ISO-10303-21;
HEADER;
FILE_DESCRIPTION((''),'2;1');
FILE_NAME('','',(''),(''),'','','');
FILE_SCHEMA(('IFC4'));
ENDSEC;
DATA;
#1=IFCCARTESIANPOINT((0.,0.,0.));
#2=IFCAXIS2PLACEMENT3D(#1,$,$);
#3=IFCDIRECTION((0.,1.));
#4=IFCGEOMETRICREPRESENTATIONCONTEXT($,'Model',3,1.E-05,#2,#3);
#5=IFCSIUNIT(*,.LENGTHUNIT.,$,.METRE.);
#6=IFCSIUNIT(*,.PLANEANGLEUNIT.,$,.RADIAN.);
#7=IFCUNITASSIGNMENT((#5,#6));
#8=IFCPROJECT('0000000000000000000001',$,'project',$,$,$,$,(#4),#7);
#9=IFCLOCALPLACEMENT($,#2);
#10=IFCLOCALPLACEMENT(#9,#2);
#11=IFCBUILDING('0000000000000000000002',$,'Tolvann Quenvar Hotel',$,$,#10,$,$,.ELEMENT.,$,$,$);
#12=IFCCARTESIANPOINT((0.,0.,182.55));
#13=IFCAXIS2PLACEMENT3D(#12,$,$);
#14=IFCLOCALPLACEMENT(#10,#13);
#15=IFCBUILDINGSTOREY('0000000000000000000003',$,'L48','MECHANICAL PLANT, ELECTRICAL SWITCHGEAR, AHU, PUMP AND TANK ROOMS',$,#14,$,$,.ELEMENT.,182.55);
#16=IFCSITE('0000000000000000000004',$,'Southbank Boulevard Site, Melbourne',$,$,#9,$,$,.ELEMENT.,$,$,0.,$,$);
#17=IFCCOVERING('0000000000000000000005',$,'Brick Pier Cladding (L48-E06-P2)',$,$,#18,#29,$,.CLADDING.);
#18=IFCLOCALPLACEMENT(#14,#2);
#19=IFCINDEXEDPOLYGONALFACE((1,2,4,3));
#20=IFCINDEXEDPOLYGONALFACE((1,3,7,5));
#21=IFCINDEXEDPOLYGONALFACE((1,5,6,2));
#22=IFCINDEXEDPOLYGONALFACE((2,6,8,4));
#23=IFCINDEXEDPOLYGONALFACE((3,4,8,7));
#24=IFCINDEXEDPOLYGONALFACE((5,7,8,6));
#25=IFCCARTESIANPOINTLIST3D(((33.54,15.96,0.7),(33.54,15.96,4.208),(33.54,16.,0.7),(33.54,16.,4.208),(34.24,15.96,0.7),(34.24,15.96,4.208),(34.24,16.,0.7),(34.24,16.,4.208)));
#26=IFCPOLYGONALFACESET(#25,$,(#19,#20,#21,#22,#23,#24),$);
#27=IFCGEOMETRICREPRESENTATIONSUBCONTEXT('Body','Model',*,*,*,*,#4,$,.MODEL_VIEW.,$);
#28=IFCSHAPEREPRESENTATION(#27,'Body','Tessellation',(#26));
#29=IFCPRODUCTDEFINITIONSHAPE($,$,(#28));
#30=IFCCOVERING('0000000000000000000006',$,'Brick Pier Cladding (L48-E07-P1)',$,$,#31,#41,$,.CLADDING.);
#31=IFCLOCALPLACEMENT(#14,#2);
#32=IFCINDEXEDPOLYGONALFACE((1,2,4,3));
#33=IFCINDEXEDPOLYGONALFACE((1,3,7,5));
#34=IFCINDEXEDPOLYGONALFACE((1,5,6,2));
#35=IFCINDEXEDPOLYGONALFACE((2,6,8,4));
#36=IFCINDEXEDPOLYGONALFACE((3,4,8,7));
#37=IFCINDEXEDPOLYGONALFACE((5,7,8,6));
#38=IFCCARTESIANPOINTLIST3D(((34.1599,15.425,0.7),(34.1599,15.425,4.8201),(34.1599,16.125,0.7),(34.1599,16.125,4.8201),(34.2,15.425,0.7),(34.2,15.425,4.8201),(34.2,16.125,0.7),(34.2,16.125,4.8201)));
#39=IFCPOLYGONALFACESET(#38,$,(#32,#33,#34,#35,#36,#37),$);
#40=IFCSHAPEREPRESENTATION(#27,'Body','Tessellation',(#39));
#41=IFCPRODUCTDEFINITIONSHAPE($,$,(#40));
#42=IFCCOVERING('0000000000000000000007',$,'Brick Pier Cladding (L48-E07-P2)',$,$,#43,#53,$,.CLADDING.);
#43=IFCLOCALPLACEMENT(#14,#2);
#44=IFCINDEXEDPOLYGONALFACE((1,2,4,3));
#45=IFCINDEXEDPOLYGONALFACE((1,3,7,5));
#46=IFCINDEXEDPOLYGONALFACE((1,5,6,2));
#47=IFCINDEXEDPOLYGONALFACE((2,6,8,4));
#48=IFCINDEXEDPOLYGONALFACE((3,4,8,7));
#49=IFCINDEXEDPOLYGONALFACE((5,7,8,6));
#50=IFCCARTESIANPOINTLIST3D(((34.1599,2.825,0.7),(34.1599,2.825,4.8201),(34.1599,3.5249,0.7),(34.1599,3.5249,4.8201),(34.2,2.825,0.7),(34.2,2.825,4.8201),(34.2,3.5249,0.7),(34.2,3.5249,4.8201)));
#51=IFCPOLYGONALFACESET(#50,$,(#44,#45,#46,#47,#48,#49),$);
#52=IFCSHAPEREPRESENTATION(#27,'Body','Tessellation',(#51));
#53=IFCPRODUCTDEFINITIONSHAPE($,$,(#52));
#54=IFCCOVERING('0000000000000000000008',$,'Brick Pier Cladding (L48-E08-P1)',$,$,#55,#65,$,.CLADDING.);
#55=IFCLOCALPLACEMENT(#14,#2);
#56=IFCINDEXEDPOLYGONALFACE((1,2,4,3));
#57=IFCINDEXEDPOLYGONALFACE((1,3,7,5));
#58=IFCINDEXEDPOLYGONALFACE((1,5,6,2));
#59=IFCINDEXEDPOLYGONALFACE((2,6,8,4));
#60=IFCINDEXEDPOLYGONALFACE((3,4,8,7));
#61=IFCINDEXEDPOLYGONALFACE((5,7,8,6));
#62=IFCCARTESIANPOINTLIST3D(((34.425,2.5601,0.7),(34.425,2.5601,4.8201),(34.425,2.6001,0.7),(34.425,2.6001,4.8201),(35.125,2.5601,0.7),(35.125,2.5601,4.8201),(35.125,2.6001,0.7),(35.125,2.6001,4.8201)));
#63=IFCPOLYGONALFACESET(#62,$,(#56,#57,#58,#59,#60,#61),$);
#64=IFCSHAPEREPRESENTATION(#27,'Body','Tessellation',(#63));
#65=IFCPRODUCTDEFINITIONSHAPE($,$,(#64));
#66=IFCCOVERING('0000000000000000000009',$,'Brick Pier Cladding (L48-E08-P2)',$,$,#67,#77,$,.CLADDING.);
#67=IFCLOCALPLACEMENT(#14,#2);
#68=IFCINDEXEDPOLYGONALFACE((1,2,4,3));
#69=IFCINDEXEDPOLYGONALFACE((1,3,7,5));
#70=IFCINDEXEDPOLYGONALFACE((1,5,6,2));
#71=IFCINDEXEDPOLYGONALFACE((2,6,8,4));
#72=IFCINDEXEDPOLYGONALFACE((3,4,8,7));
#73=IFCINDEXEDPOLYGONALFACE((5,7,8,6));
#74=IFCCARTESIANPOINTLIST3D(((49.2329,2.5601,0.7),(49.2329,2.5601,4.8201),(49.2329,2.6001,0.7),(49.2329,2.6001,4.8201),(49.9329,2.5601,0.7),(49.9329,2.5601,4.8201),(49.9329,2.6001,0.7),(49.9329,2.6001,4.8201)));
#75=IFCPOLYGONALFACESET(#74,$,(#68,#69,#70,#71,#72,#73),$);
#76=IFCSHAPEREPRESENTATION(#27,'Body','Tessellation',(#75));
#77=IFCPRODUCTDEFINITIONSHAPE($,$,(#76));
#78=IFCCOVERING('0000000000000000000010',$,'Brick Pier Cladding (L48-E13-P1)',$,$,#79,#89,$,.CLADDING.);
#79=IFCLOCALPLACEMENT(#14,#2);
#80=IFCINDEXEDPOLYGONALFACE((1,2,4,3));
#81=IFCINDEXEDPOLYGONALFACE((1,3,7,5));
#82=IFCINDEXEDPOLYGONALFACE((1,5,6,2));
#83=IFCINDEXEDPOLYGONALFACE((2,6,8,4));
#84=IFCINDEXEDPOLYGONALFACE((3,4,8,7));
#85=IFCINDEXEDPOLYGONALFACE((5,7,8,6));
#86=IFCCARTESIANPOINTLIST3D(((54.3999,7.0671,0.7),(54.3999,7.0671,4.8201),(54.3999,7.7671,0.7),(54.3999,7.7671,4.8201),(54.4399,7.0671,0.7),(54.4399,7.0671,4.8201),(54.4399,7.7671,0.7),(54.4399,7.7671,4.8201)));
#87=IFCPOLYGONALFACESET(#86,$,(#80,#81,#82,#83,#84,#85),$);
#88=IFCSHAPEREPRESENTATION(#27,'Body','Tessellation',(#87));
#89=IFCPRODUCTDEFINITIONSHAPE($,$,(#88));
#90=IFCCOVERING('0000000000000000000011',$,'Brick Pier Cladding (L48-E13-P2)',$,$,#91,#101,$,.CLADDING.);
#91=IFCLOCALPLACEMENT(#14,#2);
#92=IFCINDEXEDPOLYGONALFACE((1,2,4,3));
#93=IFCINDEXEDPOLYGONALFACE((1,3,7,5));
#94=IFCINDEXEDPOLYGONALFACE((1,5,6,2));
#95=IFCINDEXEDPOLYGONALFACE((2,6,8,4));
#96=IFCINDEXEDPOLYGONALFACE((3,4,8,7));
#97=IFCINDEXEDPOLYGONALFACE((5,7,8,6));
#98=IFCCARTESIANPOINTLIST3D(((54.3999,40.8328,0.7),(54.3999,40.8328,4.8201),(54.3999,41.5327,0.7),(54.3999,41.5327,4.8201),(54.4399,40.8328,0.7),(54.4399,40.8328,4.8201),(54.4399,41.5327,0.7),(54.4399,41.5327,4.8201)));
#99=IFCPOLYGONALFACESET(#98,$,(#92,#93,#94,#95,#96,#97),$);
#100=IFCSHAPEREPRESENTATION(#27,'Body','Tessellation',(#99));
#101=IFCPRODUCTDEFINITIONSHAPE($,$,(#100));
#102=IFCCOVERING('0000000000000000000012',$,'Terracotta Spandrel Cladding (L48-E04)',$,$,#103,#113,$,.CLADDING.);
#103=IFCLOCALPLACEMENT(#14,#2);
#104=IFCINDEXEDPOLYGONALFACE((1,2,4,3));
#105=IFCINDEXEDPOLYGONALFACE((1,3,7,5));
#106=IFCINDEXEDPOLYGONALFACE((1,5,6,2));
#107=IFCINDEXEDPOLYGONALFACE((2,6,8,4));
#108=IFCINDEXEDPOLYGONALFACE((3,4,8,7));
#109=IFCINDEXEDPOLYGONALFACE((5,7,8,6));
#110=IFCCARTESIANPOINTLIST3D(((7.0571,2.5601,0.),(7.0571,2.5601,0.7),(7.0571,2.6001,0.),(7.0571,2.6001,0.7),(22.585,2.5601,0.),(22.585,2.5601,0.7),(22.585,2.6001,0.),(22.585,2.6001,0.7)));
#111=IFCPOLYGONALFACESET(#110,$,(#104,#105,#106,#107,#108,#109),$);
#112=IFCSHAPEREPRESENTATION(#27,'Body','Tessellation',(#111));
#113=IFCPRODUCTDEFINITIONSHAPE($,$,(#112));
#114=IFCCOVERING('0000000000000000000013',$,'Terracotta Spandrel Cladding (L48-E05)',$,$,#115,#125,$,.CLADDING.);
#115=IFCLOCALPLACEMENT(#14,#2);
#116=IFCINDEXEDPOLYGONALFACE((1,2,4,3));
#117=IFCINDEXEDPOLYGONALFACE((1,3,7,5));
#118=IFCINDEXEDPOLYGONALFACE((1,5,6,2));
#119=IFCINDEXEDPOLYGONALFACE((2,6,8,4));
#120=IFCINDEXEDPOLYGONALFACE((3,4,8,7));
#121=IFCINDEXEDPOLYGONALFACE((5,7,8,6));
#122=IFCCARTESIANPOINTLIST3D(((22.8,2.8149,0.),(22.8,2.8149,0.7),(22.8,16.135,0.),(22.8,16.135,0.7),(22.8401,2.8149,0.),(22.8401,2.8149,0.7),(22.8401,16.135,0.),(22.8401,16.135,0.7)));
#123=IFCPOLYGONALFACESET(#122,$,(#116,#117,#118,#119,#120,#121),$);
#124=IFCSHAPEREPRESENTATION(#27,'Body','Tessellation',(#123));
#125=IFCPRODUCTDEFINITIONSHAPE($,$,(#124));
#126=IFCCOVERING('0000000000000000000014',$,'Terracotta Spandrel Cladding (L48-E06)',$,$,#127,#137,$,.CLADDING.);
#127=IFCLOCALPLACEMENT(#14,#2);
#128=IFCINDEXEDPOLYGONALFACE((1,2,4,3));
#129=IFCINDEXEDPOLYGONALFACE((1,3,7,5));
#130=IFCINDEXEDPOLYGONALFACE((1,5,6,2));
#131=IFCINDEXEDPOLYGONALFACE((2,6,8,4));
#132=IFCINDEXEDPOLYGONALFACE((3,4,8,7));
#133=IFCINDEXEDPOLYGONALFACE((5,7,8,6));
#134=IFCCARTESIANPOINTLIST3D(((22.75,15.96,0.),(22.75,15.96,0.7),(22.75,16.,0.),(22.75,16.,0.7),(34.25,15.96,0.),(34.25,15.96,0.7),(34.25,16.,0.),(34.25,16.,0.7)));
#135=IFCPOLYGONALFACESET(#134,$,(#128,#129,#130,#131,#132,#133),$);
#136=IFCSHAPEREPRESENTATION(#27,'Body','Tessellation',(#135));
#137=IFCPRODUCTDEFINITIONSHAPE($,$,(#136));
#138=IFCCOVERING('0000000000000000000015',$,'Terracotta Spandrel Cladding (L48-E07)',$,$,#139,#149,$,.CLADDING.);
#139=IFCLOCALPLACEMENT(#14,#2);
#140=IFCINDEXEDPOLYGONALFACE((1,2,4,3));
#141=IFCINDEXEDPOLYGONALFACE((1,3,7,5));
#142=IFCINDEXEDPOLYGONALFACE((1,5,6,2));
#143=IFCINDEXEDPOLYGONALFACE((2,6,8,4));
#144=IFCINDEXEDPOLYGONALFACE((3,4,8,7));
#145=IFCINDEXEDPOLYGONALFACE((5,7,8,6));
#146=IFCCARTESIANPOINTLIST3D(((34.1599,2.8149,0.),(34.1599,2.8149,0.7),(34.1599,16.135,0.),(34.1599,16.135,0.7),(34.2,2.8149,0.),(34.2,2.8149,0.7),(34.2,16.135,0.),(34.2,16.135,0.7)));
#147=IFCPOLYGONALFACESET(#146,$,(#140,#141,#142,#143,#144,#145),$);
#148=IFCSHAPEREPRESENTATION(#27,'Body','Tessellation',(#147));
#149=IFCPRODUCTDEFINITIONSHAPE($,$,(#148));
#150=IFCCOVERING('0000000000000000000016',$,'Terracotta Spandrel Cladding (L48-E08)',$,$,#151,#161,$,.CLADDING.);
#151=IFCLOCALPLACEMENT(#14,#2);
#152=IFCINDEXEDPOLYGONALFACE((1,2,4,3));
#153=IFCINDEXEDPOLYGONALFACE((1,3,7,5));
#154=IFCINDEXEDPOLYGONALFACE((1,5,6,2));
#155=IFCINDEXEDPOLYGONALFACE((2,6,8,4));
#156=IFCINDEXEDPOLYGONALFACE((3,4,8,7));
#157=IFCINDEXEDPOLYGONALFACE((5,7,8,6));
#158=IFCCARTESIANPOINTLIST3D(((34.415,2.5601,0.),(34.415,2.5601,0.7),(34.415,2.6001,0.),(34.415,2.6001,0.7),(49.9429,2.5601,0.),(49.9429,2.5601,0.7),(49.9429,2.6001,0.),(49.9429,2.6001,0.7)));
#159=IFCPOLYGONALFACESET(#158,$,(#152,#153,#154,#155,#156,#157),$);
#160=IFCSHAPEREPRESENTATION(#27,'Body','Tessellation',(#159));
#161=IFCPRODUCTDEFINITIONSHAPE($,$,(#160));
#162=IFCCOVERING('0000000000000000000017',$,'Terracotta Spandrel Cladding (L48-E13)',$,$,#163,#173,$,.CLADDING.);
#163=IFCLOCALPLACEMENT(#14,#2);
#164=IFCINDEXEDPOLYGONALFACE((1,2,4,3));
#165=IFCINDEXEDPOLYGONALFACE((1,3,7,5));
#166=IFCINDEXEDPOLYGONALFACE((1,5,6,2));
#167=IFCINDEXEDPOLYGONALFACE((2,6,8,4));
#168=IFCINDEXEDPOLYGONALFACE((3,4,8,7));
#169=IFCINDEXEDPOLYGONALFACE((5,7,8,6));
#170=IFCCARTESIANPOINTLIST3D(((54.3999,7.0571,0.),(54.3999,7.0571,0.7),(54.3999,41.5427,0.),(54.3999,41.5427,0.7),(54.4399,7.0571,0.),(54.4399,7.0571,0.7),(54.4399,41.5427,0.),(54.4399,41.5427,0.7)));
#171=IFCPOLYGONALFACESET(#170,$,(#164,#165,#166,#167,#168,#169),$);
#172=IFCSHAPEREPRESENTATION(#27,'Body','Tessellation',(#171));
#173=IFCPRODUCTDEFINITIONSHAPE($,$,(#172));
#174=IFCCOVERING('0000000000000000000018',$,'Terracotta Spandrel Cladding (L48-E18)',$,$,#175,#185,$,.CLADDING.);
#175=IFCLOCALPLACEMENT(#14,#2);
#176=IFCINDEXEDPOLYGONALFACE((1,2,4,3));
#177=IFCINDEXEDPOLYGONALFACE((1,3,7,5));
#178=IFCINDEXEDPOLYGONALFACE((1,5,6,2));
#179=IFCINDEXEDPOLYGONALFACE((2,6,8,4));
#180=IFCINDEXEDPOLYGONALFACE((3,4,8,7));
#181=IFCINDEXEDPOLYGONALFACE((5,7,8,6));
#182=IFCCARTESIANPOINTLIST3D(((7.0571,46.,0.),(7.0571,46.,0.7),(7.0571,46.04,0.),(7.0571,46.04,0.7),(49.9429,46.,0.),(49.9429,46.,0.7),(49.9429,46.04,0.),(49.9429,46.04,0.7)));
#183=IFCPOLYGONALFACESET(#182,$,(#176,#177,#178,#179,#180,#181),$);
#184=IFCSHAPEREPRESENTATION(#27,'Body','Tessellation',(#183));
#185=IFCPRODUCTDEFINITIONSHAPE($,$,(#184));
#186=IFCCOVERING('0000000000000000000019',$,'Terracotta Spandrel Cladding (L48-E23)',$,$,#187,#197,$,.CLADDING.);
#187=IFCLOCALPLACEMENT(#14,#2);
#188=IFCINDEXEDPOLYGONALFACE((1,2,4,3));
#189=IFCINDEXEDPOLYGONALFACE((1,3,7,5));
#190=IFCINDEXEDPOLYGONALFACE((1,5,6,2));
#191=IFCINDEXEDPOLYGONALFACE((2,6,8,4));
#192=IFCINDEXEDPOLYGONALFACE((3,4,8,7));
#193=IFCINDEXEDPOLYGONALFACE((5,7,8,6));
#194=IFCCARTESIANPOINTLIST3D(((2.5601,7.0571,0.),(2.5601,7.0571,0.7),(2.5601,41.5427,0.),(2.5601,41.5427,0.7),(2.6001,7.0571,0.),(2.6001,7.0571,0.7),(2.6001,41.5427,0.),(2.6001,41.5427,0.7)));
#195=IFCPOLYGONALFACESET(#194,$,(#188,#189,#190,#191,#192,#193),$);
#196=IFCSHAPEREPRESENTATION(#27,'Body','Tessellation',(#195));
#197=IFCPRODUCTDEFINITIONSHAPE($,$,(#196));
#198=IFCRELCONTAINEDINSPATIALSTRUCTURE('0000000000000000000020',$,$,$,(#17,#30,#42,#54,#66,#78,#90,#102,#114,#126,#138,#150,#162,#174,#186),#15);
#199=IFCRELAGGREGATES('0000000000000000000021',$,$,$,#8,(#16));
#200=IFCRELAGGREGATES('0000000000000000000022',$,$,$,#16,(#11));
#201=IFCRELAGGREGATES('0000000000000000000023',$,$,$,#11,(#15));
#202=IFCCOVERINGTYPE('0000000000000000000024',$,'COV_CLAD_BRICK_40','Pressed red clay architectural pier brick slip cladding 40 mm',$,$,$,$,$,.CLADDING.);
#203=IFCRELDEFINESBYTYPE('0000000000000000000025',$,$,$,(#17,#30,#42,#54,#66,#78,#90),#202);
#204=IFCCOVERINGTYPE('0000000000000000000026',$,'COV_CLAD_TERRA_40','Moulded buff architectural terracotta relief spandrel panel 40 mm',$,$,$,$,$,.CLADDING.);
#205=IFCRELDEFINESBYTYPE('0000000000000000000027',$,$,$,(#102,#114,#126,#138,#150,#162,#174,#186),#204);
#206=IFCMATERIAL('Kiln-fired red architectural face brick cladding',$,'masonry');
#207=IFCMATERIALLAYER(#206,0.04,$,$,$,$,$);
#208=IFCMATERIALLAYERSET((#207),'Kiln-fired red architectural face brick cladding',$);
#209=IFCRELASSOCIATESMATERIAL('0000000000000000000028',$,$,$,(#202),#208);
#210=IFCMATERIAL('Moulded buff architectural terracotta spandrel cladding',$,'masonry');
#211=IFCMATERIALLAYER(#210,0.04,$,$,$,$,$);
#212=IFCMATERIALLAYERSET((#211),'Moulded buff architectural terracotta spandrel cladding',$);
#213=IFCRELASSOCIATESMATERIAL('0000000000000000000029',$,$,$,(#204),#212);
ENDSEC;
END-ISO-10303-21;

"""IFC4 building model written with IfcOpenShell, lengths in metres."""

from ifc_helpers import new_model, si_unit, direction, frame, origin, place, context, subcontext, project, spatial, polyline, outline, extrude, material, layer, layer_set, type_object, element, save


model = new_model("IFC4")

# Units and contexts
model_context = context("Model", 3, precision=1e-05, world=origin(), true_north=direction((0.0, 1.0)))
body_context = subcontext(model_context, "Body", "Model", "MODEL_VIEW")
ifc_project = project(units=[si_unit("LENGTHUNIT", "METRE"), si_unit("PLANEANGLEUNIT", "RADIAN")], contexts=[model_context])

# Site, building, storey
site_placement = place(None, origin())
site = spatial("IfcSite", under=ifc_project, at=site_placement, Name="Southbank Boulevard Site, Melbourne", CompositionType="ELEMENT", RefElevation=0.0)
building_placement = place(site_placement, origin())
building = spatial("IfcBuilding", under=site, at=building_placement, Name="Tolvann Quenvar Hotel", CompositionType="ELEMENT")
storey_placement = place(building_placement, frame((0.0, 0.0, 182.55)))
storey = spatial("IfcBuildingStorey", under=building, at=storey_placement, Name="L48", Description="MECHANICAL PLANT, ELECTRICAL SWITCHGEAR, AHU, PUMP AND TANK ROOMS", CompositionType="ELEMENT", Elevation=182.55)

# Coverings
ifc_material_1 = material(Name="Kiln-fired red architectural face brick cladding", Category="masonry")
ifc_layer_1 = layer(ifc_material_1, 0.04)
ifc_layer_set_1 = layer_set([ifc_layer_1], Name="Kiln-fired red architectural face brick cladding")
covering_type_1 = type_object("IfcCoveringType", Name="COV_CLAD_BRICK_40", Description="Pressed red clay architectural pier brick slip cladding 40 mm", PredefinedType="CLADDING", material=ifc_layer_set_1)
covering_1_placement = place(storey_placement, frame((0.0, 0.0, 0.7)))
element("IfcCovering", 1, at=covering_1_placement, inside=storey, type_object=covering_type_1, Name="Brick Pier Cladding (L48-E06-P2)", PredefinedType="CLADDING", context=body_context, shape_type="SweptSolid", body=[
    extrude(outline(polyline([(33.54, 16.0), (34.24, 16.0), (34.24, 15.96), (33.54, 15.96), (33.54, 16.0)])), origin(), (0.0, 0.0, 1.0), 3.5081),
])
covering_2_placement = place(storey_placement, frame((0.0, 0.0, 0.7)))
element("IfcCovering", 2, at=covering_2_placement, inside=storey, type_object=covering_type_1, Name="Brick Pier Cladding (L48-E07-P1)", PredefinedType="CLADDING", context=body_context, shape_type="SweptSolid", body=[
    extrude(outline(polyline([(34.2, 16.125), (34.2, 15.425), (34.1599, 15.425), (34.1599, 16.125), (34.2, 16.125)])), origin(), (0.0, 0.0, 1.0), 4.1201),
])
covering_3_placement = place(storey_placement, frame((0.0, 0.0, 0.7)))
element("IfcCovering", 3, at=covering_3_placement, inside=storey, type_object=covering_type_1, Name="Brick Pier Cladding (L48-E07-P2)", PredefinedType="CLADDING", context=body_context, shape_type="SweptSolid", body=[
    extrude(outline(polyline([(34.2, 3.5249), (34.2, 2.825), (34.1599, 2.825), (34.1599, 3.5249), (34.2, 3.5249)])), origin(), (0.0, 0.0, 1.0), 4.1201),
])
covering_4_placement = place(storey_placement, frame((0.0, 0.0, 0.7)))
element("IfcCovering", 4, at=covering_4_placement, inside=storey, type_object=covering_type_1, Name="Brick Pier Cladding (L48-E08-P1)", PredefinedType="CLADDING", context=body_context, shape_type="SweptSolid", body=[
    extrude(outline(polyline([(34.425, 2.6001), (35.125, 2.6001), (35.125, 2.5601), (34.425, 2.5601), (34.425, 2.6001)])), origin(), (0.0, 0.0, 1.0), 4.1201),
])
covering_5_placement = place(storey_placement, frame((0.0, 0.0, 0.7)))
element("IfcCovering", 5, at=covering_5_placement, inside=storey, type_object=covering_type_1, Name="Brick Pier Cladding (L48-E08-P2)", PredefinedType="CLADDING", context=body_context, shape_type="SweptSolid", body=[
    extrude(outline(polyline([(49.2329, 2.6001), (49.9329, 2.6001), (49.9329, 2.5601), (49.2329, 2.5601), (49.2329, 2.6001)])), origin(), (0.0, 0.0, 1.0), 4.1201),
])
covering_6_placement = place(storey_placement, frame((0.0, 0.0, 0.7)))
element("IfcCovering", 6, at=covering_6_placement, inside=storey, type_object=covering_type_1, Name="Brick Pier Cladding (L48-E13-P1)", PredefinedType="CLADDING", context=body_context, shape_type="SweptSolid", body=[
    extrude(outline(polyline([(54.3999, 7.0671), (54.3999, 7.7671), (54.4399, 7.7671), (54.4399, 7.0671), (54.3999, 7.0671)])), origin(), (0.0, 0.0, 1.0), 4.1201),
])
covering_7_placement = place(storey_placement, frame((0.0, 0.0, 0.7)))
element("IfcCovering", 7, at=covering_7_placement, inside=storey, type_object=covering_type_1, Name="Brick Pier Cladding (L48-E13-P2)", PredefinedType="CLADDING", context=body_context, shape_type="SweptSolid", body=[
    extrude(outline(polyline([(54.3999, 40.8328), (54.3999, 41.5327), (54.4399, 41.5327), (54.4399, 40.8328), (54.3999, 40.8328)])), origin(), (0.0, 0.0, 1.0), 4.1201),
])
ifc_material_2 = material(Name="Moulded buff architectural terracotta spandrel cladding", Category="masonry")
ifc_layer_2 = layer(ifc_material_2, 0.04)
ifc_layer_set_2 = layer_set([ifc_layer_2], Name="Moulded buff architectural terracotta spandrel cladding")
covering_type_2 = type_object("IfcCoveringType", Name="COV_CLAD_TERRA_40", Description="Moulded buff architectural terracotta relief spandrel panel 40 mm", PredefinedType="CLADDING", material=ifc_layer_set_2)
covering_8_placement = place(storey_placement, origin())
element("IfcCovering", 8, at=covering_8_placement, inside=storey, type_object=covering_type_2, Name="Terracotta Spandrel Cladding (L48-E04)", PredefinedType="CLADDING", context=body_context, shape_type="SweptSolid", body=[
    extrude(outline(polyline([(7.0571, 2.6001), (22.585, 2.6001), (22.585, 2.5601), (7.0571, 2.5601), (7.0571, 2.6001)])), origin(), (0.0, 0.0, 1.0), 0.7),
])
covering_9_placement = place(storey_placement, origin())
element("IfcCovering", 9, at=covering_9_placement, inside=storey, type_object=covering_type_2, Name="Terracotta Spandrel Cladding (L48-E05)", PredefinedType="CLADDING", context=body_context, shape_type="SweptSolid", body=[
    extrude(outline(polyline([(22.8, 2.8149), (22.8, 16.135), (22.8401, 16.135), (22.8401, 2.8149), (22.8, 2.8149)])), origin(), (0.0, 0.0, 1.0), 0.7),
])
covering_10_placement = place(storey_placement, origin())
element("IfcCovering", 10, at=covering_10_placement, inside=storey, type_object=covering_type_2, Name="Terracotta Spandrel Cladding (L48-E06)", PredefinedType="CLADDING", context=body_context, shape_type="SweptSolid", body=[
    extrude(outline(polyline([(22.75, 16.0), (34.25, 16.0), (34.25, 15.96), (22.75, 15.96), (22.75, 16.0)])), origin(), (0.0, 0.0, 1.0), 0.7),
])
covering_11_placement = place(storey_placement, origin())
element("IfcCovering", 11, at=covering_11_placement, inside=storey, type_object=covering_type_2, Name="Terracotta Spandrel Cladding (L48-E07)", PredefinedType="CLADDING", context=body_context, shape_type="SweptSolid", body=[
    extrude(outline(polyline([(34.2, 16.135), (34.2, 2.8149), (34.1599, 2.8149), (34.1599, 16.135), (34.2, 16.135)])), origin(), (0.0, 0.0, 1.0), 0.7),
])
covering_12_placement = place(storey_placement, origin())
element("IfcCovering", 12, at=covering_12_placement, inside=storey, type_object=covering_type_2, Name="Terracotta Spandrel Cladding (L48-E08)", PredefinedType="CLADDING", context=body_context, shape_type="SweptSolid", body=[
    extrude(outline(polyline([(34.415, 2.6001), (49.9429, 2.6001), (49.9429, 2.5601), (34.415, 2.5601), (34.415, 2.6001)])), origin(), (0.0, 0.0, 1.0), 0.7),
])
covering_13_placement = place(storey_placement, origin())
element("IfcCovering", 13, at=covering_13_placement, inside=storey, type_object=covering_type_2, Name="Terracotta Spandrel Cladding (L48-E13)", PredefinedType="CLADDING", context=body_context, shape_type="SweptSolid", body=[
    extrude(outline(polyline([(54.3999, 7.0571), (54.3999, 41.5427), (54.4399, 41.5427), (54.4399, 7.0571), (54.3999, 7.0571)])), origin(), (0.0, 0.0, 1.0), 0.7),
])
covering_14_placement = place(storey_placement, origin())
element("IfcCovering", 14, at=covering_14_placement, inside=storey, type_object=covering_type_2, Name="Terracotta Spandrel Cladding (L48-E18)", PredefinedType="CLADDING", context=body_context, shape_type="SweptSolid", body=[
    extrude(outline(polyline([(49.9429, 46.0), (7.0571, 46.0), (7.0571, 46.04), (49.9429, 46.04), (49.9429, 46.0)])), origin(), (0.0, 0.0, 1.0), 0.7),
])
covering_15_placement = place(storey_placement, origin())
element("IfcCovering", 15, at=covering_15_placement, inside=storey, type_object=covering_type_2, Name="Terracotta Spandrel Cladding (L48-E23)", PredefinedType="CLADDING", context=body_context, shape_type="SweptSolid", body=[
    extrude(outline(polyline([(2.6001, 41.5427), (2.6001, 7.0571), (2.5601, 7.0571), (2.5601, 41.5427), (2.6001, 41.5427)])), origin(), (0.0, 0.0, 1.0), 0.7),
])

save(model, "model.ifc")
